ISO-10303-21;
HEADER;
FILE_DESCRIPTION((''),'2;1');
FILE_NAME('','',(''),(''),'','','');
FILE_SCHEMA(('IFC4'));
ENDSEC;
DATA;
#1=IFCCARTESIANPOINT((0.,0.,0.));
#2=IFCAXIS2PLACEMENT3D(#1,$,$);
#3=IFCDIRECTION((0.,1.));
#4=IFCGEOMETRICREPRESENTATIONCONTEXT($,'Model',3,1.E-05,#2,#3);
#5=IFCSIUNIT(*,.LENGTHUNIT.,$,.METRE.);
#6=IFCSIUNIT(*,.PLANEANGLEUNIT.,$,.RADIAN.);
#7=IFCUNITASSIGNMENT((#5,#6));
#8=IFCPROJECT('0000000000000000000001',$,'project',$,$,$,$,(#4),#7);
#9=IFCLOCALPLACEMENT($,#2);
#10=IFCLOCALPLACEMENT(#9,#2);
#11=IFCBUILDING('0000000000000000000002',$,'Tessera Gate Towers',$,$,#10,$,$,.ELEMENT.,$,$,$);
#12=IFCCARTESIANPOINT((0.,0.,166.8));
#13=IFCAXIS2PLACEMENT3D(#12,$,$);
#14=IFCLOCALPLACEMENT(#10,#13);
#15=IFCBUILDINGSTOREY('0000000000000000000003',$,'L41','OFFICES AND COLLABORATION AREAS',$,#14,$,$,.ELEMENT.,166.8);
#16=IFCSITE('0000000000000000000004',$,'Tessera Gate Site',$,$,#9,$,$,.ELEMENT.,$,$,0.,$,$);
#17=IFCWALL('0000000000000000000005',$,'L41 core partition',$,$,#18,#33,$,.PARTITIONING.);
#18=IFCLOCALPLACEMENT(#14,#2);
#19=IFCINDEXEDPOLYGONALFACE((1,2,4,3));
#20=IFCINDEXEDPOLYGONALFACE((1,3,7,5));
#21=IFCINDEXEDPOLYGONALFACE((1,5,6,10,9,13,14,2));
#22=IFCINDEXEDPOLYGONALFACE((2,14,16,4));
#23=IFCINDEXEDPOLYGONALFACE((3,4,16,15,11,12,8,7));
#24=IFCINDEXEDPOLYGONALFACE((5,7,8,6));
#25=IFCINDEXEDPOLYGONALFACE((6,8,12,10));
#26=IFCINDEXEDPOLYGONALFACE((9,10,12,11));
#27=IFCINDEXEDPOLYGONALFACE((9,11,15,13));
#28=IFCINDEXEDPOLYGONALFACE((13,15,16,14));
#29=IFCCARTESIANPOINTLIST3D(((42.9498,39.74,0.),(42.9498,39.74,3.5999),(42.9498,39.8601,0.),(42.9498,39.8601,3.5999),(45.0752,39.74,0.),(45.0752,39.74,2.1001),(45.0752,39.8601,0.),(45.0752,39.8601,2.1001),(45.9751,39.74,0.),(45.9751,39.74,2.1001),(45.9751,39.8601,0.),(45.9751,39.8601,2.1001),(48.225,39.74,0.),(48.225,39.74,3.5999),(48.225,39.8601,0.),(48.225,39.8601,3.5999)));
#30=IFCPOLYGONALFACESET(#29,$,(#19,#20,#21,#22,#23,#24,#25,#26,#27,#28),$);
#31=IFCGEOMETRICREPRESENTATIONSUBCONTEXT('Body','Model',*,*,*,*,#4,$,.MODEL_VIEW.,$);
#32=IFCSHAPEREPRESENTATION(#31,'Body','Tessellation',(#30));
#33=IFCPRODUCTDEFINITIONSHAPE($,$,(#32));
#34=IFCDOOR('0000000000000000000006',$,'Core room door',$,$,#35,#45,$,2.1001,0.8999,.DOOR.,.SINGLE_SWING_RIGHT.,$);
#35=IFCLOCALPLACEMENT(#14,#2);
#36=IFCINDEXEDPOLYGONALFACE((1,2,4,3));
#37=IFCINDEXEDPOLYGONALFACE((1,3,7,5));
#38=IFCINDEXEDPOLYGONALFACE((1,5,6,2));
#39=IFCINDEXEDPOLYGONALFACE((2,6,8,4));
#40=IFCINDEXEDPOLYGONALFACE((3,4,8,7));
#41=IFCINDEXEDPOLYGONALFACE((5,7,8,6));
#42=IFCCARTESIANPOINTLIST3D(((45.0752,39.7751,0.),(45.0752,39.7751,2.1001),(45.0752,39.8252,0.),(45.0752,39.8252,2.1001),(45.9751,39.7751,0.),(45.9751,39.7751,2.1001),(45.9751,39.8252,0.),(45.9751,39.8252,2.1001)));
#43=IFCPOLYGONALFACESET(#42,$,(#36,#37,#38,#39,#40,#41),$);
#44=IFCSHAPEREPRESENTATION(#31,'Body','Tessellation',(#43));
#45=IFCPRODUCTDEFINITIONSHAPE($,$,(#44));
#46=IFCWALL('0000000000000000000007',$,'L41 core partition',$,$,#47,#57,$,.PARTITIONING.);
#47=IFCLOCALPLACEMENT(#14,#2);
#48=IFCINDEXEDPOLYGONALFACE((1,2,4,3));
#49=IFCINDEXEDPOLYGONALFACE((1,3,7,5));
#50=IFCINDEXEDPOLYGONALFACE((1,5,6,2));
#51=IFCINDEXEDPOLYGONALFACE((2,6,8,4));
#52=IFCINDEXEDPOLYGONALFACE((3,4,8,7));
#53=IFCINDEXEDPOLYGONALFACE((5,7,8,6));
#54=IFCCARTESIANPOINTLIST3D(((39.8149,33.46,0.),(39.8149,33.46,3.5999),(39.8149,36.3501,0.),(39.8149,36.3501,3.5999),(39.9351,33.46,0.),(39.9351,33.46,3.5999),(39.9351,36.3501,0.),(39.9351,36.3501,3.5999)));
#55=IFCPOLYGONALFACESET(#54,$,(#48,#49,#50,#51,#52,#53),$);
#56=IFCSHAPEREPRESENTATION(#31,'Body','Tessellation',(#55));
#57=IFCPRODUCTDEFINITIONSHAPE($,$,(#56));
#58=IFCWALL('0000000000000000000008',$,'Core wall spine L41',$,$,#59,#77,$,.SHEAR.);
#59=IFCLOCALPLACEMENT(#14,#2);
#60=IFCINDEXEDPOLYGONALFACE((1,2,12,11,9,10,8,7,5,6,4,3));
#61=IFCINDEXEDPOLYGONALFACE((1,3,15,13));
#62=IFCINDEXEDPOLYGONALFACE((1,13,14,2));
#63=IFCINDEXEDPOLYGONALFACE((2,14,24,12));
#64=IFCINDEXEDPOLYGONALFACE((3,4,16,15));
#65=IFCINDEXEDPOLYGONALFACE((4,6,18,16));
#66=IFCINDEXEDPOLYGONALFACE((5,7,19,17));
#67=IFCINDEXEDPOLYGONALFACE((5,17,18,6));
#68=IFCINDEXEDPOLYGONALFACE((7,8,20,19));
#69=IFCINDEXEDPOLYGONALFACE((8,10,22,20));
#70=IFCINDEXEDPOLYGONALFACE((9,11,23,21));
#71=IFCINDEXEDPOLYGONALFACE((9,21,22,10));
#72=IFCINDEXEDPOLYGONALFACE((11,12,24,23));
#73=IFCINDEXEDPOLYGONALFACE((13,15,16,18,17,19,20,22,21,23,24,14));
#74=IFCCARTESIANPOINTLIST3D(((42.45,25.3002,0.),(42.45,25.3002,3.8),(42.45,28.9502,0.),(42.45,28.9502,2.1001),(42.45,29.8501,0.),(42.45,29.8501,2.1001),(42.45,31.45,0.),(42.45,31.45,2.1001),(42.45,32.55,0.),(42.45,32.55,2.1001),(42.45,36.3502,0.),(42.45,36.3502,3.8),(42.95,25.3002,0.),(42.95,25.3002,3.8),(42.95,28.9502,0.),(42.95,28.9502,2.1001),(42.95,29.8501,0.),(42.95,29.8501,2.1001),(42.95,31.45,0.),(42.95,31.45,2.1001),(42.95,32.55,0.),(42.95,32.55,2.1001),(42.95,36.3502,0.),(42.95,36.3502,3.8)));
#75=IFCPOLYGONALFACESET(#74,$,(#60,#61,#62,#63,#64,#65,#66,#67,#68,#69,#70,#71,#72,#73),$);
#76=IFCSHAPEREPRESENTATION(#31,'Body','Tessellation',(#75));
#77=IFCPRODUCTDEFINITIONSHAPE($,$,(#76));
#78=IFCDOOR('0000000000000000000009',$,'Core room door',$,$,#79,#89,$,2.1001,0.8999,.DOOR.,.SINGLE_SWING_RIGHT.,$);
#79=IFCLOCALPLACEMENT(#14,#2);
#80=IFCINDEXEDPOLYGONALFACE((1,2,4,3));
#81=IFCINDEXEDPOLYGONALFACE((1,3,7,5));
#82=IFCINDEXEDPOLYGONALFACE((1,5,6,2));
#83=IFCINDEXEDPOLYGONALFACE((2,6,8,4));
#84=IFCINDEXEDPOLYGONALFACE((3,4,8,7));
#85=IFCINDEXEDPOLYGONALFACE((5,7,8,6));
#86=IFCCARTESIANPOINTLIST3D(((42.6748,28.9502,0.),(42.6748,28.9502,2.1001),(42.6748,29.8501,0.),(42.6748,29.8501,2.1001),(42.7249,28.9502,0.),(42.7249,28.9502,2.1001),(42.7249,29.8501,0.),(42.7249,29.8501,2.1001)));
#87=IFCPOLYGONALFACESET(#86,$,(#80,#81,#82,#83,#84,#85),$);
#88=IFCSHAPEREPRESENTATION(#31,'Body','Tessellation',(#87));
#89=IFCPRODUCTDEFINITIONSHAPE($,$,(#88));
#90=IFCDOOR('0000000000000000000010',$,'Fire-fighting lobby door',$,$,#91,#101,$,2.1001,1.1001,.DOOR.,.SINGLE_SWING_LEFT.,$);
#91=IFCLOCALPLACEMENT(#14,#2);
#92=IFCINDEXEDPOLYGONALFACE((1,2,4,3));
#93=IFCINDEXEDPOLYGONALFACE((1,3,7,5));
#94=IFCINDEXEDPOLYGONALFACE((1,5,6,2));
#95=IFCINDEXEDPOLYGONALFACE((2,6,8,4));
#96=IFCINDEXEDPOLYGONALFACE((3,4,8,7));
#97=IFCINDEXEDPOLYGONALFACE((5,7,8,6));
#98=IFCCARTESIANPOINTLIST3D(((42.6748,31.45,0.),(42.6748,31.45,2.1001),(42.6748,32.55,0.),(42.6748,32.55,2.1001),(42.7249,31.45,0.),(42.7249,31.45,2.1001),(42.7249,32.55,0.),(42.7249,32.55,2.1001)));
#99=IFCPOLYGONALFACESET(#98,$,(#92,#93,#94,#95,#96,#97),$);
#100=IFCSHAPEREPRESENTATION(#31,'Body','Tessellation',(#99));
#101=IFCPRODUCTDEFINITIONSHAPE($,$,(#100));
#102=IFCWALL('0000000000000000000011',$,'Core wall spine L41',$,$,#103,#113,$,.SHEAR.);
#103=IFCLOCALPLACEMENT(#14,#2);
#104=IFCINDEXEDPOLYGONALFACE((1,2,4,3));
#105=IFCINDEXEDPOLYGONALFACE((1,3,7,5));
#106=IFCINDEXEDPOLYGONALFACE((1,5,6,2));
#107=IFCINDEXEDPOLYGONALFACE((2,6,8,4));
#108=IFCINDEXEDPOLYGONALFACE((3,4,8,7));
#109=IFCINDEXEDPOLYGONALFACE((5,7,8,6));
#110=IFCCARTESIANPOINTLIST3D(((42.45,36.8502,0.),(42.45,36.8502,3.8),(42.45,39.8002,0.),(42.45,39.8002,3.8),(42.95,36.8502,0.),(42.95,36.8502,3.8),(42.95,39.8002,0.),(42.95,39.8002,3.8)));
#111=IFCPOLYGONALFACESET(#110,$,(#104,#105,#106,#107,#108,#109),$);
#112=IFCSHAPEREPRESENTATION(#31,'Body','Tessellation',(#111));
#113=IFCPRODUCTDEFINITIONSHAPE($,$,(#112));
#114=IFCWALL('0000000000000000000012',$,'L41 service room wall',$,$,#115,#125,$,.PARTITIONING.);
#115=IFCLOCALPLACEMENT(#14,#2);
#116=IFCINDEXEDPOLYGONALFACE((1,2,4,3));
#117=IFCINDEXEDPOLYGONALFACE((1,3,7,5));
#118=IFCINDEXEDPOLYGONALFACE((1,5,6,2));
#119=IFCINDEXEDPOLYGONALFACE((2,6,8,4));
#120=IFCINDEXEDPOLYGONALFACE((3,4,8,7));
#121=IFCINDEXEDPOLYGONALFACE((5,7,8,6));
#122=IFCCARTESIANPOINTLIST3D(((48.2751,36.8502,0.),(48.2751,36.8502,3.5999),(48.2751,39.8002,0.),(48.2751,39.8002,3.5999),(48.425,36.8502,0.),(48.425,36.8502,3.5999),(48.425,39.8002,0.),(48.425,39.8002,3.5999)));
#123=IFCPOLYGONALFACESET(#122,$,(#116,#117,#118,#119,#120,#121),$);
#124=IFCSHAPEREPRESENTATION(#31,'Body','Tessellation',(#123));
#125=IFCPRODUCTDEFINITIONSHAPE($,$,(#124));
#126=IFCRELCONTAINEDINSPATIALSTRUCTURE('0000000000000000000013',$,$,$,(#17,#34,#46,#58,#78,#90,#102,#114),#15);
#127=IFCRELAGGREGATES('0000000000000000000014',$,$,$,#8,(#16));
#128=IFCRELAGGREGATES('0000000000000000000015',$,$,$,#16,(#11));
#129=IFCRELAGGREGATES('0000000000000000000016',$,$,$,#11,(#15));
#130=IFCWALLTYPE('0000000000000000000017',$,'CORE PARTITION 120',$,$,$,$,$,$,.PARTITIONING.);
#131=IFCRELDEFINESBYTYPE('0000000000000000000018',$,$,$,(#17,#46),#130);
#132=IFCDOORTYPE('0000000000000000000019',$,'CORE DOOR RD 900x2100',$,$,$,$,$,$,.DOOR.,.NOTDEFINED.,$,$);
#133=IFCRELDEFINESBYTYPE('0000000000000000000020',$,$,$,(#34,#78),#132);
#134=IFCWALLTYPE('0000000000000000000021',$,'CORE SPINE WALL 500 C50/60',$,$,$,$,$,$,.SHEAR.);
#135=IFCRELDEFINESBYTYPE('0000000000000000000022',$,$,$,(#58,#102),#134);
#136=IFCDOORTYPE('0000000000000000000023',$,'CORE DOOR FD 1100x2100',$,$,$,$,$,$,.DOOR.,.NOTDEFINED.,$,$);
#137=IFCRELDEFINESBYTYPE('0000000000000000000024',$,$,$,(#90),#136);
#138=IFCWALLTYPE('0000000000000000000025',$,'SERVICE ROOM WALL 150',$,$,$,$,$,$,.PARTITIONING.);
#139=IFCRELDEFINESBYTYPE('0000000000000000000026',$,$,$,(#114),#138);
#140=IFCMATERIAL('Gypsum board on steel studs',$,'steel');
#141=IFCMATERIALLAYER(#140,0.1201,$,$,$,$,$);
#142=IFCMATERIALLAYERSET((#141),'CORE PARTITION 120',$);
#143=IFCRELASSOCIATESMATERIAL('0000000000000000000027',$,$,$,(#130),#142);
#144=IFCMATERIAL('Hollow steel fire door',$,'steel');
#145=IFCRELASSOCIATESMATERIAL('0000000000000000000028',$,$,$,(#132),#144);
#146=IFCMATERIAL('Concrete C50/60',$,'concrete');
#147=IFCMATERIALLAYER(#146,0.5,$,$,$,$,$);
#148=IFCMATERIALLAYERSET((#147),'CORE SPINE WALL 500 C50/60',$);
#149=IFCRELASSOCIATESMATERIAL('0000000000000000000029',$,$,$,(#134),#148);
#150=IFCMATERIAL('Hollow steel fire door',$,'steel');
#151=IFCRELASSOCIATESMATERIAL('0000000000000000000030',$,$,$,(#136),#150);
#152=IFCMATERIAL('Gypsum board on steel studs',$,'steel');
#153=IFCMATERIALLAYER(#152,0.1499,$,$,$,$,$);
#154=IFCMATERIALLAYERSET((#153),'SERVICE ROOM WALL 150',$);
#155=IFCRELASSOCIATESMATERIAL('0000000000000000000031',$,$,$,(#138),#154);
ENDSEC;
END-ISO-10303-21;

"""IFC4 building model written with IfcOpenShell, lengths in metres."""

from ifc_helpers import new_model, si_unit, direction, frame, frame_2d, origin, place, context, subcontext, project, spatial, rectangle, extrude, source, transform, mapped, material, layer, layer_set, type_object, element, fill, save


model = new_model("IFC4")

# Units and contexts
model_context = context("Model", 3, precision=1e-05, world=origin(), true_north=direction((0.0, 1.0)))
body_context = subcontext(model_context, "Body", "Model", "MODEL_VIEW")
ifc_project = project(units=[si_unit("LENGTHUNIT", "METRE"), si_unit("PLANEANGLEUNIT", "RADIAN")], contexts=[model_context])

# Site, building, storey
site_placement = place(None, origin())
site = spatial("IfcSite", under=ifc_project, at=site_placement, Name="Tessera Gate Site", CompositionType="ELEMENT", RefElevation=0.0)
building_placement = place(site_placement, origin())
building = spatial("IfcBuilding", under=site, at=building_placement, Name="Tessera Gate Towers", CompositionType="ELEMENT")
storey_placement = place(building_placement, frame((0.0, 0.0, 166.8)))
storey = spatial("IfcBuildingStorey", under=building, at=storey_placement, Name="L41", Description="OFFICES AND COLLABORATION AREAS", CompositionType="ELEMENT", Elevation=166.8)

# Wall, opening, door
ifc_material_1 = material(Name="Gypsum board on steel studs", Category="steel")
ifc_layer_1 = layer(ifc_material_1, 0.1201)
ifc_layer_set_1 = layer_set([ifc_layer_1], Name="CORE PARTITION 120")
wall_type_1 = type_object("IfcWallType", Name="CORE PARTITION 120", PredefinedType="PARTITIONING", material=ifc_layer_set_1)
wall_1_placement = place(storey_placement, frame((48.2251, 39.8, 0.0), z_axis=(0.0, 0.0, 1.0), x_axis=(-1.0, 0.0, 0.0)))
wall_1 = element("IfcWall", 1, at=wall_1_placement, inside=storey, type_object=wall_type_1, Name="L41 core partition", PredefinedType="PARTITIONING", context=body_context, shape_type="SweptSolid", body=[
    extrude(rectangle(XDim=5.2751, YDim=0.1201, at=frame_2d((2.6377, 0.0))), origin(), (0.0, 0.0, 1.0), 3.5999),
])
shared_shape_1 = source(origin(), body_context, "Body", "SweptSolid", [
    extrude(rectangle(XDim=0.8999, YDim=2.1001, at=frame_2d((0.45, 1.05))), frame((0.0, 0.0701, 0.0), z_axis=(0.0, -1.0, 0.0), x_axis=(1.0, 0.0, 0.0)), (0.0, 0.0, 1.0), 0.1401),
])
opening_1_placement = place(wall_1_placement, frame((2.25, 0.0, 0.0)))
opening_1 = element("IfcOpeningElement", 2, at=opening_1_placement, cuts=wall_1, PredefinedType="OPENING", context=body_context, shape_type="MappedRepresentation", body=[
    mapped(shared_shape_1, transform((0.0, 0.0, 0.0), scale=1.0)),
])
ifc_material_2 = material(Name="Hollow steel fire door", Category="steel")
door_type_1 = type_object("IfcDoorType", Name="CORE DOOR RD 900x2100", OperationType="NOTDEFINED", PredefinedType="DOOR", material=ifc_material_2)
shared_shape_2 = source(origin(), body_context, "Body", "SweptSolid", [
    extrude(rectangle(XDim=0.8999, YDim=2.1001, at=frame_2d((0.45, 1.05))), frame((0.0, 0.0249, 0.0), z_axis=(0.0, -1.0, 0.0), x_axis=(1.0, 0.0, 0.0)), (0.0, 0.0, 1.0), 0.05),
])
door_1_placement = place(opening_1_placement, origin())
door_1 = element("IfcDoor", 3, at=door_1_placement, inside=storey, type_object=door_type_1, Name="Core room door", OperationType="SINGLE_SWING_RIGHT", OverallHeight=2.1001, OverallWidth=0.8999, PredefinedType="DOOR", context=body_context, shape_type="MappedRepresentation", body=[
    mapped(shared_shape_2, transform((0.0, 0.0, 0.0), scale=1.0)),
])
fill(opening_1, door_1)

# Wall
wall_2_placement = place(storey_placement, frame((39.875, 33.46, 0.0), z_axis=(0.0, 0.0, 1.0), x_axis=(0.0, 1.0, 0.0)))
element("IfcWall", 4, at=wall_2_placement, inside=storey, type_object=wall_type_1, Name="L41 core partition", PredefinedType="PARTITIONING", context=body_context, shape_type="SweptSolid", body=[
    extrude(rectangle(XDim=2.8901, YDim=0.1201, at=frame_2d((1.4451, 0.0))), origin(), (0.0, 0.0, 1.0), 3.5999),
])

# Wall, openings, doors
ifc_material_3 = material(Name="Concrete C50/60", Category="concrete")
ifc_layer_2 = layer(ifc_material_3, 0.5)
ifc_layer_set_2 = layer_set([ifc_layer_2], Name="CORE SPINE WALL 500 C50/60")
wall_type_2 = type_object("IfcWallType", Name="CORE SPINE WALL 500 C50/60", PredefinedType="SHEAR", material=ifc_layer_set_2)
wall_3_placement = place(storey_placement, frame((42.7, 36.3501, 0.0), z_axis=(0.0, 0.0, 1.0), x_axis=(0.0, -1.0, 0.0)))
wall_3 = element("IfcWall", 5, at=wall_3_placement, inside=storey, type_object=wall_type_2, Name="Core wall spine L41", PredefinedType="SHEAR", context=body_context, shape_type="SweptSolid", body=[
    extrude(rectangle(XDim=11.05, YDim=0.5, at=frame_2d((5.5249, 0.0))), origin(), (0.0, 0.0, 1.0), 3.8),
])
shared_shape_3 = source(origin(), body_context, "Body", "SweptSolid", [
    extrude(rectangle(XDim=0.8999, YDim=2.1001, at=frame_2d((0.45, 1.05))), frame((0.0, 0.26, 0.0), z_axis=(0.0, -1.0, 0.0), x_axis=(1.0, 0.0, 0.0)), (0.0, 0.0, 1.0), 0.52),
])
opening_2_placement = place(wall_3_placement, frame((6.5, 0.0, 0.0)))
opening_2 = element("IfcOpeningElement", 6, at=opening_2_placement, cuts=wall_3, PredefinedType="OPENING", context=body_context, shape_type="MappedRepresentation", body=[
    mapped(shared_shape_3, transform((0.0, 0.0, 0.0), scale=1.0)),
])
shared_shape_4 = source(origin(), body_context, "Body", "SweptSolid", [
    extrude(rectangle(XDim=1.1001, YDim=2.1001, at=frame_2d((0.55, 1.05))), frame((0.0, 0.26, 0.0), z_axis=(0.0, -1.0, 0.0), x_axis=(1.0, 0.0, 0.0)), (0.0, 0.0, 1.0), 0.52),
])
opening_3_placement = place(wall_3_placement, frame((3.8, 0.0, 0.0)))
opening_3 = element("IfcOpeningElement", 7, at=opening_3_placement, cuts=wall_3, PredefinedType="OPENING", context=body_context, shape_type="MappedRepresentation", body=[
    mapped(shared_shape_4, transform((0.0, 0.0, 0.0), scale=1.0)),
])
door_2_placement = place(opening_2_placement, origin())
door_2 = element("IfcDoor", 8, at=door_2_placement, inside=storey, type_object=door_type_1, Name="Core room door", OperationType="SINGLE_SWING_RIGHT", OverallHeight=2.1001, OverallWidth=0.8999, PredefinedType="DOOR", context=body_context, shape_type="MappedRepresentation", body=[
    mapped(shared_shape_2, transform((0.0, 0.0, 0.0), scale=1.0)),
])
fill(opening_2, door_2)
ifc_material_4 = material(Name="Hollow steel fire door", Category="steel")
door_type_2 = type_object("IfcDoorType", Name="CORE DOOR FD 1100x2100", OperationType="NOTDEFINED", PredefinedType="DOOR", material=ifc_material_4)
shared_shape_5 = source(origin(), body_context, "Body", "SweptSolid", [
    extrude(rectangle(XDim=1.1001, YDim=2.1001, at=frame_2d((0.55, 1.05))), frame((0.0, 0.0249, 0.0), z_axis=(0.0, -1.0, 0.0), x_axis=(1.0, 0.0, 0.0)), (0.0, 0.0, 1.0), 0.05),
])
door_3_placement = place(opening_3_placement, origin())
door_3 = element("IfcDoor", 9, at=door_3_placement, inside=storey, type_object=door_type_2, Name="Fire-fighting lobby door", OperationType="SINGLE_SWING_LEFT", OverallHeight=2.1001, OverallWidth=1.1001, PredefinedType="DOOR", context=body_context, shape_type="MappedRepresentation", body=[
    mapped(shared_shape_5, transform((0.0, 0.0, 0.0), scale=1.0)),
])
fill(opening_3, door_3)

# Walls
wall_4_placement = place(storey_placement, frame((42.7, 36.8501, 0.0), z_axis=(0.0, 0.0, 1.0), x_axis=(0.0, 1.0, 0.0)))
element("IfcWall", 10, at=wall_4_placement, inside=storey, type_object=wall_type_2, Name="Core wall spine L41", PredefinedType="SHEAR", context=body_context, shape_type="SweptSolid", body=[
    extrude(rectangle(XDim=2.95, YDim=0.5, at=frame_2d((1.4751, 0.0))), origin(), (0.0, 0.0, 1.0), 3.8),
])
ifc_material_5 = material(Name="Gypsum board on steel studs", Category="steel")
ifc_layer_3 = layer(ifc_material_5, 0.1499)
ifc_layer_set_3 = layer_set([ifc_layer_3], Name="SERVICE ROOM WALL 150")
wall_type_3 = type_object("IfcWallType", Name="SERVICE ROOM WALL 150", PredefinedType="PARTITIONING", material=ifc_layer_set_3)
wall_5_placement = place(storey_placement, frame((48.3501, 36.8501, 0.0), z_axis=(0.0, 0.0, 1.0), x_axis=(0.0, 1.0, 0.0)))
element("IfcWall", 11, at=wall_5_placement, inside=storey, type_object=wall_type_3, Name="L41 service room wall", PredefinedType="PARTITIONING", context=body_context, shape_type="SweptSolid", body=[
    extrude(rectangle(XDim=2.95, YDim=0.1499, at=frame_2d((1.4751, 0.0))), origin(), (0.0, 0.0, 1.0), 3.5999),
])

save(model, "model.ifc")
